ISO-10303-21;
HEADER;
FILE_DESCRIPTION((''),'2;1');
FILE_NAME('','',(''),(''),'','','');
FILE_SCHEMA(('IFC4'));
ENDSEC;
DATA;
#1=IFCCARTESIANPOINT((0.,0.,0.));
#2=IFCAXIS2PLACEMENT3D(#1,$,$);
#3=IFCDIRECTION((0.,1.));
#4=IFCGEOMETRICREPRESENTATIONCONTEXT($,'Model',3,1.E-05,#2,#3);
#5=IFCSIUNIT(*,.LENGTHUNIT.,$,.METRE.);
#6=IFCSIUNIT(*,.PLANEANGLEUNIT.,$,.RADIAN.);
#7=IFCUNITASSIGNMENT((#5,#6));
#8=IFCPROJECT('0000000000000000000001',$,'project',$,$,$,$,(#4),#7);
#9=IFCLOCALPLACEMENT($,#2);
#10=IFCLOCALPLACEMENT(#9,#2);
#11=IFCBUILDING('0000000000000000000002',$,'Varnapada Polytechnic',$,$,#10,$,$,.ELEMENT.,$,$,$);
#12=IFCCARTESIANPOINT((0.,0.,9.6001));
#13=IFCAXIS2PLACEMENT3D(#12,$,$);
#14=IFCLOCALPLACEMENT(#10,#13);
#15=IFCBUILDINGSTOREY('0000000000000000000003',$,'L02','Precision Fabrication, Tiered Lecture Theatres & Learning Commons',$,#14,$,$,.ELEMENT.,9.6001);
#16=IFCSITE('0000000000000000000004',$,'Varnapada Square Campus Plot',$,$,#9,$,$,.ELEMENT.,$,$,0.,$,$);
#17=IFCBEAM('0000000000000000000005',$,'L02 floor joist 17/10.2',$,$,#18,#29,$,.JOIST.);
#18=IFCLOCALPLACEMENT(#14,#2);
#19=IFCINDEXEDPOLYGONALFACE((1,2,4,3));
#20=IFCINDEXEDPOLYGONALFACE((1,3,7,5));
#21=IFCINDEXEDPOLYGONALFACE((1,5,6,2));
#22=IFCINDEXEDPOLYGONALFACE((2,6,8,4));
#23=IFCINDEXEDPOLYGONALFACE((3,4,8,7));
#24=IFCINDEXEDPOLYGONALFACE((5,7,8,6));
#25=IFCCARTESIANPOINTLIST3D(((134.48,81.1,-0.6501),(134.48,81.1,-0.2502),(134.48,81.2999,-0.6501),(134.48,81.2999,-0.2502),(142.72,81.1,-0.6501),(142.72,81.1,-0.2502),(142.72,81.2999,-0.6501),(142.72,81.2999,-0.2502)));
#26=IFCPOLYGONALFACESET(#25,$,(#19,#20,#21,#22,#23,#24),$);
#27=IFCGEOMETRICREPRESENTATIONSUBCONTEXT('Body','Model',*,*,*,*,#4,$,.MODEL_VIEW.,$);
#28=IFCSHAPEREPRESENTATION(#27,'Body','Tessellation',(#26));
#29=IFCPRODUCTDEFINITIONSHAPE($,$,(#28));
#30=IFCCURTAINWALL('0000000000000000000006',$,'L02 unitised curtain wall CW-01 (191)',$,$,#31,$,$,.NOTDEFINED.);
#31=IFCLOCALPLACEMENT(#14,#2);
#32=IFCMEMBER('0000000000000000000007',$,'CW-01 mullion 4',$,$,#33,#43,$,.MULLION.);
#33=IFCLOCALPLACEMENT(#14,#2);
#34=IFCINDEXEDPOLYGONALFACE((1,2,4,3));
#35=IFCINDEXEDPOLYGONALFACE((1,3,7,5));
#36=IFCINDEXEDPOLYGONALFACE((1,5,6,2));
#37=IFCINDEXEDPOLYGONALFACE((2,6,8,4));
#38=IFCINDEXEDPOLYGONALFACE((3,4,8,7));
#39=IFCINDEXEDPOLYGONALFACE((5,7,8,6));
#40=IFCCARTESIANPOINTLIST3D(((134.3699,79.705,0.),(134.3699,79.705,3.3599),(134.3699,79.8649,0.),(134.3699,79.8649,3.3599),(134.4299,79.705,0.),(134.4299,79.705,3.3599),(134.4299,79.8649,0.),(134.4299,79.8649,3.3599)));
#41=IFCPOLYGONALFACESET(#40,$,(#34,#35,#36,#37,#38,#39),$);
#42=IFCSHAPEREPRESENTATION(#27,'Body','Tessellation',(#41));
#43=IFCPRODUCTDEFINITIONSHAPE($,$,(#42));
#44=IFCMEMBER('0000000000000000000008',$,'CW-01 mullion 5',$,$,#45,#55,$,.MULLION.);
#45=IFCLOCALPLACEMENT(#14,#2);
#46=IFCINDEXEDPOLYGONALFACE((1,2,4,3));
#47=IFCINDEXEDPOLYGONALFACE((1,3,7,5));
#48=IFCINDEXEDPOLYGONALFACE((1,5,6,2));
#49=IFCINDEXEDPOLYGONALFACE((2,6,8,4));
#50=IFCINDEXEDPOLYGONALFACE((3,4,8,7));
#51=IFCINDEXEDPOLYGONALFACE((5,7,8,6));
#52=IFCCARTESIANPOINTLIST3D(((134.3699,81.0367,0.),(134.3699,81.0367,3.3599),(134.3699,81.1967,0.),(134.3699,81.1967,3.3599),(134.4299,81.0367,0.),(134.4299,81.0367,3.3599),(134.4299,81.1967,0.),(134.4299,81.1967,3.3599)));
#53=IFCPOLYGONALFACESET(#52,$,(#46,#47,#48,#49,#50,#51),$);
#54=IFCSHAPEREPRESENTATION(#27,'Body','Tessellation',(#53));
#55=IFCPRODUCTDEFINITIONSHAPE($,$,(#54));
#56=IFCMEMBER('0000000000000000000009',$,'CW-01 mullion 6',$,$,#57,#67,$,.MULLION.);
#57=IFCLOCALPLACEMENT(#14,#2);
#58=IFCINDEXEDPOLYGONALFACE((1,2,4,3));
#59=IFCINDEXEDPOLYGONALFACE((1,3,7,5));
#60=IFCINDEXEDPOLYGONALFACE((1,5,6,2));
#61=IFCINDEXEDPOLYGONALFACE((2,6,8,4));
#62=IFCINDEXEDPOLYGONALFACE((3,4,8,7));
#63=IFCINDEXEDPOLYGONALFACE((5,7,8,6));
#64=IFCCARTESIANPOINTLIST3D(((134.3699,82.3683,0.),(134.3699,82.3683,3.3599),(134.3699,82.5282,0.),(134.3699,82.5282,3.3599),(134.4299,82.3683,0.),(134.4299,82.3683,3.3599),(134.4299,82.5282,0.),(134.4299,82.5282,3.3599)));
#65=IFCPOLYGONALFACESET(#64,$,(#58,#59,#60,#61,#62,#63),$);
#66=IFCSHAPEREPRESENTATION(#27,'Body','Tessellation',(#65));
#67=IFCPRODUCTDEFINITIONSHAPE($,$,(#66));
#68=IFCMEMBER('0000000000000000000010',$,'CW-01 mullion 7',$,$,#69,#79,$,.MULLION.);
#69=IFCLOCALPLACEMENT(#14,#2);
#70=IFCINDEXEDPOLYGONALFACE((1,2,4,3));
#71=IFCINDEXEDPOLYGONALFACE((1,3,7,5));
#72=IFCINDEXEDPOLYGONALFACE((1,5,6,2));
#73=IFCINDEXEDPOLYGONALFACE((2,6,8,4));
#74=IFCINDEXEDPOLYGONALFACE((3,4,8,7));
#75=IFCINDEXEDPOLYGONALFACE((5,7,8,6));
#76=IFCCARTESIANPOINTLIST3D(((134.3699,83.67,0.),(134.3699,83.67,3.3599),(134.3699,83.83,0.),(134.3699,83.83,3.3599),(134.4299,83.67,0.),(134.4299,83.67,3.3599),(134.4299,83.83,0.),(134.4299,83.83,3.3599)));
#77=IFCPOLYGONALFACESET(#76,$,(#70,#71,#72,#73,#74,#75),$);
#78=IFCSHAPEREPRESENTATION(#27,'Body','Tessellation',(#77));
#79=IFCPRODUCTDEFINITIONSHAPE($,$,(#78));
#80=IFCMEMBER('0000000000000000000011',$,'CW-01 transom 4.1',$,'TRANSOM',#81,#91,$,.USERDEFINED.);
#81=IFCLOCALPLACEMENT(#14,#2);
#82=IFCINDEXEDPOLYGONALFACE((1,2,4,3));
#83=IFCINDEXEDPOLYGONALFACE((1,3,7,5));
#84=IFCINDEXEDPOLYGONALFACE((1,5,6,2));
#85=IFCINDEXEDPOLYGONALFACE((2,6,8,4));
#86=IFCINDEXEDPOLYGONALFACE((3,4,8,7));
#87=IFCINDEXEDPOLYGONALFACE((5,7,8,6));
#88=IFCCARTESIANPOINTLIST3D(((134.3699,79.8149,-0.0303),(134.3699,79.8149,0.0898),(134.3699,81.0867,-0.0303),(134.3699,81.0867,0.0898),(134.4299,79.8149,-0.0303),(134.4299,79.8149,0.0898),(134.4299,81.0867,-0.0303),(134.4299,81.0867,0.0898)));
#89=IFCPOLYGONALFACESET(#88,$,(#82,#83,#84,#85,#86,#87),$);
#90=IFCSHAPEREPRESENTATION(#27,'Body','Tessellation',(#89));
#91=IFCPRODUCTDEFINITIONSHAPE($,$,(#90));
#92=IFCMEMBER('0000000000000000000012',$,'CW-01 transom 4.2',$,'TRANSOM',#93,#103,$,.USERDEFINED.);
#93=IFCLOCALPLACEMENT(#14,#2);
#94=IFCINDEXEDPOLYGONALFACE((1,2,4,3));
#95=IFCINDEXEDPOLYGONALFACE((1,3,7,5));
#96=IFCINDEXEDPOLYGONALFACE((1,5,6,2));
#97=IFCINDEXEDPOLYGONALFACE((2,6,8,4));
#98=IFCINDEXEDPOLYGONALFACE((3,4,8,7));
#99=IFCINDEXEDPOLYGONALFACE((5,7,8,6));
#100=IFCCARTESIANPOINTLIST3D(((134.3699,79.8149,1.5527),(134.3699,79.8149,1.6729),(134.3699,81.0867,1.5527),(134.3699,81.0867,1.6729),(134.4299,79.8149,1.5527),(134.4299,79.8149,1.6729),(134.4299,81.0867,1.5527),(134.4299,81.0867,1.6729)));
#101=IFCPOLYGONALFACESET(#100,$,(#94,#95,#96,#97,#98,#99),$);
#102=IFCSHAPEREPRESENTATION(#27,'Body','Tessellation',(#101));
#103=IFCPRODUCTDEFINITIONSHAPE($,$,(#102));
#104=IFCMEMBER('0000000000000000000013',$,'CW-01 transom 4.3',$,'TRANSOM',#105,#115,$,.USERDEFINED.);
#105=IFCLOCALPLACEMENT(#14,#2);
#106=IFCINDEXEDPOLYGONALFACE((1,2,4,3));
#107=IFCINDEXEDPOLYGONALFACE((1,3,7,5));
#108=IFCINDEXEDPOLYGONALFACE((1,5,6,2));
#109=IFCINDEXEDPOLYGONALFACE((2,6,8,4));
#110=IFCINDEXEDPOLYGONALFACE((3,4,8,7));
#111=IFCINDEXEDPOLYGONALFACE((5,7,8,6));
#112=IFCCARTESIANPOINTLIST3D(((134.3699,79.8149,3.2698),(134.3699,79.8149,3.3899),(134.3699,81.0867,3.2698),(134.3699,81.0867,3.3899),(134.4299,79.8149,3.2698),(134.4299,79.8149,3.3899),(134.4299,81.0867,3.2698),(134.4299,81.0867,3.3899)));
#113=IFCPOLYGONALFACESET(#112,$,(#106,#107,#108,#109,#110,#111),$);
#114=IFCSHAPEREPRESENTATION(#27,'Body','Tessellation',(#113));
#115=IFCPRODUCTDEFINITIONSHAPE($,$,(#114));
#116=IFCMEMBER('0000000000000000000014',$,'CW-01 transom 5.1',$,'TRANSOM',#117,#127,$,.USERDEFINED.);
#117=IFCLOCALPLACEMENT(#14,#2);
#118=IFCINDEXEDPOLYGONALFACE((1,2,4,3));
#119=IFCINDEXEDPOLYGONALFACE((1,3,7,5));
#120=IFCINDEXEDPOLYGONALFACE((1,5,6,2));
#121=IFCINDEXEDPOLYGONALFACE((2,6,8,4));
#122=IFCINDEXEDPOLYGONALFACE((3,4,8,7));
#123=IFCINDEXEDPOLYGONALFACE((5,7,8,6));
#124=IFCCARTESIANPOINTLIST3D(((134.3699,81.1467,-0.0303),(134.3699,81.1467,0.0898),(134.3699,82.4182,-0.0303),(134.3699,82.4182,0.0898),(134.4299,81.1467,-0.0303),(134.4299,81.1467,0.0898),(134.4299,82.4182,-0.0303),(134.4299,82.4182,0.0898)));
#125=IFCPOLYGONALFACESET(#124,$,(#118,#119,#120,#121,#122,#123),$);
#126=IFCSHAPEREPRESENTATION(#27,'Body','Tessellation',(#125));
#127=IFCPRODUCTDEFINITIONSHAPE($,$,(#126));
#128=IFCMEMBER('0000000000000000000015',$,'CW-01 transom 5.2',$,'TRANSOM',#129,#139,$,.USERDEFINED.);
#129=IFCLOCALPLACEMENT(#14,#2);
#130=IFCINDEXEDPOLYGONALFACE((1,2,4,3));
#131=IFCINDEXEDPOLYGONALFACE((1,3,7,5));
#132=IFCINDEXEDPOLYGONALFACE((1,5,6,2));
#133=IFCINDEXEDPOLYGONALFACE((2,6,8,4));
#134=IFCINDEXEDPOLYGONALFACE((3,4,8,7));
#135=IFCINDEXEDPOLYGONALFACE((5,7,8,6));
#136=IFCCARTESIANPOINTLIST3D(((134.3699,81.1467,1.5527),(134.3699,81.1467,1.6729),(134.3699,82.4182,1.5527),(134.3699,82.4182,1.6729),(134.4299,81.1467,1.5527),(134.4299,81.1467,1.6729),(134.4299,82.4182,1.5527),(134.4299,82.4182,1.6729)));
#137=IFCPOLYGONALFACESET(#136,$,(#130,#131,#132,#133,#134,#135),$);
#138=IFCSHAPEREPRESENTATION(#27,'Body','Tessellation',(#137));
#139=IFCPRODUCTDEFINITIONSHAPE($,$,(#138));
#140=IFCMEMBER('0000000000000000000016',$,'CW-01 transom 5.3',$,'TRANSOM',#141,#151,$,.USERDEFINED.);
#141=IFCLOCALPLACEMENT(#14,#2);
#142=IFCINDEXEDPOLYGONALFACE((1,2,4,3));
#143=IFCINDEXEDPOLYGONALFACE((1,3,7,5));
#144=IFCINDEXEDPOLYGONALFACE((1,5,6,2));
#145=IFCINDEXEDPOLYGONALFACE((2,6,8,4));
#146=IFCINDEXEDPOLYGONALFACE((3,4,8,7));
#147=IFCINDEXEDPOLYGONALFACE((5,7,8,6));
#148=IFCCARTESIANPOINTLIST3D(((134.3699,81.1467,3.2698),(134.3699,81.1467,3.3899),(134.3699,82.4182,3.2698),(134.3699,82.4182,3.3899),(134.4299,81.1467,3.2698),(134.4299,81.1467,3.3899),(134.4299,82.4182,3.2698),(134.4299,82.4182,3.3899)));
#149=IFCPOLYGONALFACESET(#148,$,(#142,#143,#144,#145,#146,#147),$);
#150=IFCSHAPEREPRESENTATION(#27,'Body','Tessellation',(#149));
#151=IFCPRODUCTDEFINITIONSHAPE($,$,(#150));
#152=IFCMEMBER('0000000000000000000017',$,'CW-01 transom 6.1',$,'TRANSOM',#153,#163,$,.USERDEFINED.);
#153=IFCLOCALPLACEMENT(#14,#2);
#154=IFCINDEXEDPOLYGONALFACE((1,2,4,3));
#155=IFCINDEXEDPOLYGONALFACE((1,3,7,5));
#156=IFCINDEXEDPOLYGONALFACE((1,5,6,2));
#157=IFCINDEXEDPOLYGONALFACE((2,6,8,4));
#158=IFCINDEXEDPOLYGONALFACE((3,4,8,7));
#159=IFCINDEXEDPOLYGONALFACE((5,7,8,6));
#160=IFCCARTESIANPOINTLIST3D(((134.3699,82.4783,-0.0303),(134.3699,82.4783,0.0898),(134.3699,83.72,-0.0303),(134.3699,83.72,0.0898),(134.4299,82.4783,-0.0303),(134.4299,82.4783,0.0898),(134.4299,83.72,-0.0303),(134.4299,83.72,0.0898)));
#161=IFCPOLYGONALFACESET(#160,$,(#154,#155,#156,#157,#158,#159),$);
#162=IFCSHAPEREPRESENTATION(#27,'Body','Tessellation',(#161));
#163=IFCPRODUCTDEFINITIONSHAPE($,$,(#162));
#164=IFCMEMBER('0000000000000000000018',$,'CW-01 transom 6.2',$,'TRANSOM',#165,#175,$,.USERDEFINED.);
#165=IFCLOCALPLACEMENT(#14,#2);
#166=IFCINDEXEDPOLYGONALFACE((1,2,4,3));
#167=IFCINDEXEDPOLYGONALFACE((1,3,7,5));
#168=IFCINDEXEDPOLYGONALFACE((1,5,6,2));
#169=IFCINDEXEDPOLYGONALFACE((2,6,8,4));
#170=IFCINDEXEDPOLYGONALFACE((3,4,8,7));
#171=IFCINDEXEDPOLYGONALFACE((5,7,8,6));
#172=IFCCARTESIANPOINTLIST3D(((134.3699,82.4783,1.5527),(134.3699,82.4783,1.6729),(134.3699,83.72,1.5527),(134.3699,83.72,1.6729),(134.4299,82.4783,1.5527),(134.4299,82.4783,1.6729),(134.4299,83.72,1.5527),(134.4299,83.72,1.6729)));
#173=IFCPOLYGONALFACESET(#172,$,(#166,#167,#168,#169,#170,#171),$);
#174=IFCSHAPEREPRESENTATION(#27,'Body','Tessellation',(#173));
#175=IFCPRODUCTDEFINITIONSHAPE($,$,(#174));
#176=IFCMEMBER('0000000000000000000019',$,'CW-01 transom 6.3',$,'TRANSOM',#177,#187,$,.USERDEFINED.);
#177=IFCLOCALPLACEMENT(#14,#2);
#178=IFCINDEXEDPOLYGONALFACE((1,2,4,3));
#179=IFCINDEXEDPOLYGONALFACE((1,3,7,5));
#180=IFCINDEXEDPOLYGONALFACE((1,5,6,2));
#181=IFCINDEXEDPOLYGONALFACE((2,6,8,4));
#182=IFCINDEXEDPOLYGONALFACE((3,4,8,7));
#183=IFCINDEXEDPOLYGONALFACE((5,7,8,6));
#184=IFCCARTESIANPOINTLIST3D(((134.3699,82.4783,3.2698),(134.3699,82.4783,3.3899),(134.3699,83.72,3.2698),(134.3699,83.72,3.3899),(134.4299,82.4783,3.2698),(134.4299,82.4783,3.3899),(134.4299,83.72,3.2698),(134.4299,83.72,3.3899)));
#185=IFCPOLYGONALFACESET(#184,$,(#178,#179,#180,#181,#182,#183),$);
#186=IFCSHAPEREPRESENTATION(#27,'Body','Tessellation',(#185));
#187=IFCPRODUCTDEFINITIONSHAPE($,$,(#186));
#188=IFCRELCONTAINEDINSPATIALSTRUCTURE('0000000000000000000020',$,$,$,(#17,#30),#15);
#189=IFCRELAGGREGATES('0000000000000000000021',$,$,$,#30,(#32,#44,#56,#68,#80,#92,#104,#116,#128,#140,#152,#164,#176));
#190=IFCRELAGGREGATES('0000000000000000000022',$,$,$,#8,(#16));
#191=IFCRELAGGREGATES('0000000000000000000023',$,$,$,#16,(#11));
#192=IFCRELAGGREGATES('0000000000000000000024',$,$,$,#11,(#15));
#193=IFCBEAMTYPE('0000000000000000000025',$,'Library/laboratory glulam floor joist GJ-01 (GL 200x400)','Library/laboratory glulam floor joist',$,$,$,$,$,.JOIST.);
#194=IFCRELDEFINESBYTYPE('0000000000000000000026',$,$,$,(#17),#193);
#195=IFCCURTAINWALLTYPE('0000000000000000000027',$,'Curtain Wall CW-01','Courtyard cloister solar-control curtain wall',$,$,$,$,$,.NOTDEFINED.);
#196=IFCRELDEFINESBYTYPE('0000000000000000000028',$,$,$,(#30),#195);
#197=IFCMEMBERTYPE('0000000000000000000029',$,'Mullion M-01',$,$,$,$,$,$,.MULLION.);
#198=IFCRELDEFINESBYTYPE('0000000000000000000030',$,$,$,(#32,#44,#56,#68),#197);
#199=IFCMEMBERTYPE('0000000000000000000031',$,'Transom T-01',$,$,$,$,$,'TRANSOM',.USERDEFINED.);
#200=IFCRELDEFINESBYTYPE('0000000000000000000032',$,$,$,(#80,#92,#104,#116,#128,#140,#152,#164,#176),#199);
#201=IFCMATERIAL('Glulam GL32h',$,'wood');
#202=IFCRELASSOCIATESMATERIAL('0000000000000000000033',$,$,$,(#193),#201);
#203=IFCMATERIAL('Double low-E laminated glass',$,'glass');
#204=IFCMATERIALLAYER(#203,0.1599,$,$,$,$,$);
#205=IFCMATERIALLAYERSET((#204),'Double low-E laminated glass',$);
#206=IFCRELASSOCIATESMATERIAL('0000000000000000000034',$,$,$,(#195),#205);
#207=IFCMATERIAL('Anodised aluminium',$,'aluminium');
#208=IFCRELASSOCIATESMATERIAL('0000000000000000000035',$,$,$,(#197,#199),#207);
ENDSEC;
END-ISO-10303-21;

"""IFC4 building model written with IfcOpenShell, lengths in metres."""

from ifc_helpers import new_model, si_unit, direction, frame, origin, origin_2d, place, context, subcontext, project, spatial, rectangle, extrude, material, layer, layer_set, material_profile, profile_set, type_object, element, aggregate, save


model = new_model("IFC4")

# Units and contexts
model_context = context("Model", 3, precision=1e-05, world=origin(), true_north=direction((0.0, 1.0)))
body_context = subcontext(model_context, "Body", "Model", "MODEL_VIEW")
ifc_project = project(units=[si_unit("LENGTHUNIT", "METRE"), si_unit("PLANEANGLEUNIT", "RADIAN")], contexts=[model_context])

# Site, building, storey
site_placement = place(None, origin())
site = spatial("IfcSite", under=ifc_project, at=site_placement, Name="Varnapada Square Campus Plot", CompositionType="ELEMENT", RefElevation=0.0)
building_placement = place(site_placement, origin())
building = spatial("IfcBuilding", under=site, at=building_placement, Name="Varnapada Polytechnic", CompositionType="ELEMENT")
storey_placement = place(building_placement, frame((0.0, 0.0, 9.6001)))
storey = spatial("IfcBuildingStorey", under=building, at=storey_placement, Name="L02", Description="Precision Fabrication, Tiered Lecture Theatres & Learning Commons", CompositionType="ELEMENT", Elevation=9.6001)

# Beam
ifc_material_1 = material(Name="Glulam GL32h", Category="wood")
ifc_material_profile_1 = material_profile(ifc_material_1, rectangle(XDim=0.2, YDim=0.3999, at=origin_2d()), Name="GL 200x400")
ifc_profile_set_1 = profile_set([ifc_material_profile_1], Name="Glulam GL32h")
beam_type = type_object("IfcBeamType", Name="Library/laboratory glulam floor joist GJ-01 (GL 200x400)", Description="Library/laboratory glulam floor joist", PredefinedType="JOIST", material=ifc_profile_set_1)
beam_placement = place(storey_placement, frame((134.48, 81.2, -0.4502), z_axis=(1.0, 0.0, 0.0), x_axis=(0.0, 1.0, 0.0)))
element("IfcBeam", 1, at=beam_placement, inside=storey, type_object=beam_type, Name="L02 floor joist 17/10.2", PredefinedType="JOIST", context=body_context, shape_type="SweptSolid", body=[
    extrude(rectangle(XDim=0.2, YDim=0.3999, at=origin_2d()), origin(), (0.0, 0.0, 1.0), 8.24),
])

# Curtain wall, members
ifc_material_2 = material(Name="Double low-E laminated glass", Category="glass")
ifc_layer_1 = layer(ifc_material_2, 0.1599)
ifc_layer_set_1 = layer_set([ifc_layer_1], Name="Double low-E laminated glass")
curtain_wall_type = type_object("IfcCurtainWallType", Name="Curtain Wall CW-01", Description="Courtyard cloister solar-control curtain wall", PredefinedType="NOTDEFINED", material=ifc_layer_set_1)
curtain_wall_placement = place(storey_placement, origin())
curtain_wall = element("IfcCurtainWall", 2, at=curtain_wall_placement, inside=storey, type_object=curtain_wall_type, Name="L02 unitised curtain wall CW-01 (191)", PredefinedType="NOTDEFINED")
ifc_material_3 = material(Name="Anodised aluminium", Category="aluminium")
ifc_material_profile_2 = material_profile(ifc_material_3, rectangle(XDim=0.0601, YDim=0.1599, at=origin_2d()), Name="ALU M60x160")
ifc_profile_set_2 = profile_set([ifc_material_profile_2], Name="Anodised aluminium")
member_type_1 = type_object("IfcMemberType", Name="Mullion M-01", PredefinedType="MULLION", material=ifc_profile_set_2)
member_1_placement = place(storey_placement, frame((134.3999, 79.7849, 0.0), z_axis=(0.0, 0.0, 1.0), x_axis=(-1.0, 0.0, 0.0)))
member_1 = element("IfcMember", 3, at=member_1_placement, type_object=member_type_1, Name="CW-01 mullion 4", PredefinedType="MULLION", context=body_context, shape_type="SweptSolid", body=[
    extrude(rectangle(XDim=0.0601, YDim=0.1599, at=origin_2d()), origin(), (0.0, 0.0, 1.0), 3.3599),
])
member_2_placement = place(storey_placement, frame((134.3999, 81.1167, 0.0), z_axis=(0.0, 0.0, 1.0), x_axis=(-1.0, 0.0, 0.0)))
member_2 = element("IfcMember", 4, at=member_2_placement, type_object=member_type_1, Name="CW-01 mullion 5", PredefinedType="MULLION", context=body_context, shape_type="SweptSolid", body=[
    extrude(rectangle(XDim=0.0601, YDim=0.1599, at=origin_2d()), origin(), (0.0, 0.0, 1.0), 3.3599),
])
member_3_placement = place(storey_placement, frame((134.3999, 82.4482, 0.0), z_axis=(0.0, 0.0, 1.0), x_axis=(-1.0, 0.0, 0.0)))
member_3 = element("IfcMember", 5, at=member_3_placement, type_object=member_type_1, Name="CW-01 mullion 6", PredefinedType="MULLION", context=body_context, shape_type="SweptSolid", body=[
    extrude(rectangle(XDim=0.0601, YDim=0.1599, at=origin_2d()), origin(), (0.0, 0.0, 1.0), 3.3599),
])
member_4_placement = place(storey_placement, frame((134.3999, 83.75, 0.0), z_axis=(0.0, 0.0, 1.0), x_axis=(-1.0, 0.0, 0.0)))
member_4 = element("IfcMember", 6, at=member_4_placement, type_object=member_type_1, Name="CW-01 mullion 7", PredefinedType="MULLION", context=body_context, shape_type="SweptSolid", body=[
    extrude(rectangle(XDim=0.0601, YDim=0.1599, at=origin_2d()), origin(), (0.0, 0.0, 1.0), 3.3599),
])
ifc_material_profile_3 = material_profile(ifc_material_3, rectangle(XDim=0.0601, YDim=0.1201, at=origin_2d()), Name="ALU T60x120")
ifc_profile_set_3 = profile_set([ifc_material_profile_3], Name="Anodised aluminium")
member_type_2 = type_object("IfcMemberType", Name="Transom T-01", ElementType="TRANSOM", PredefinedType="USERDEFINED", material=ifc_profile_set_3)
member_5_placement = place(storey_placement, frame((134.3999, 79.8149, 0.0298), z_axis=(0.0, 1.0, 0.0), x_axis=(-1.0, 0.0, 0.0)))
member_5 = element("IfcMember", 7, at=member_5_placement, type_object=member_type_2, Name="CW-01 transom 4.1", ObjectType="TRANSOM", PredefinedType="USERDEFINED", context=body_context, shape_type="SweptSolid", body=[
    extrude(rectangle(XDim=0.0601, YDim=0.1201, at=origin_2d()), origin(), (0.0, 0.0, 1.0), 1.2717),
])
member_6_placement = place(storey_placement, frame((134.3999, 79.8149, 1.6128), z_axis=(0.0, 1.0, 0.0), x_axis=(-1.0, 0.0, 0.0)))
member_6 = element("IfcMember", 8, at=member_6_placement, type_object=member_type_2, Name="CW-01 transom 4.2", ObjectType="TRANSOM", PredefinedType="USERDEFINED", context=body_context, shape_type="SweptSolid", body=[
    extrude(rectangle(XDim=0.0601, YDim=0.1201, at=origin_2d()), origin(), (0.0, 0.0, 1.0), 1.2717),
])
member_7_placement = place(storey_placement, frame((134.3999, 79.8149, 3.3298), z_axis=(0.0, 1.0, 0.0), x_axis=(-1.0, 0.0, 0.0)))
member_7 = element("IfcMember", 9, at=member_7_placement, type_object=member_type_2, Name="CW-01 transom 4.3", ObjectType="TRANSOM", PredefinedType="USERDEFINED", context=body_context, shape_type="SweptSolid", body=[
    extrude(rectangle(XDim=0.0601, YDim=0.1201, at=origin_2d()), origin(), (0.0, 0.0, 1.0), 1.2717),
])
member_8_placement = place(storey_placement, frame((134.3999, 81.1467, 0.0298), z_axis=(0.0, 1.0, 0.0), x_axis=(-1.0, 0.0, 0.0)))
member_8 = element("IfcMember", 10, at=member_8_placement, type_object=member_type_2, Name="CW-01 transom 5.1", ObjectType="TRANSOM", PredefinedType="USERDEFINED", context=body_context, shape_type="SweptSolid", body=[
    extrude(rectangle(XDim=0.0601, YDim=0.1201, at=origin_2d()), origin(), (0.0, 0.0, 1.0), 1.2715),
])
member_9_placement = place(storey_placement, frame((134.3999, 81.1467, 1.6128), z_axis=(0.0, 1.0, 0.0), x_axis=(-1.0, 0.0, 0.0)))
member_9 = element("IfcMember", 11, at=member_9_placement, type_object=member_type_2, Name="CW-01 transom 5.2", ObjectType="TRANSOM", PredefinedType="USERDEFINED", context=body_context, shape_type="SweptSolid", body=[
    extrude(rectangle(XDim=0.0601, YDim=0.1201, at=origin_2d()), origin(), (0.0, 0.0, 1.0), 1.2715),
])
member_10_placement = place(storey_placement, frame((134.3999, 81.1467, 3.3298), z_axis=(0.0, 1.0, 0.0), x_axis=(-1.0, 0.0, 0.0)))
member_10 = element("IfcMember", 12, at=member_10_placement, type_object=member_type_2, Name="CW-01 transom 5.3", ObjectType="TRANSOM", PredefinedType="USERDEFINED", context=body_context, shape_type="SweptSolid", body=[
    extrude(rectangle(XDim=0.0601, YDim=0.1201, at=origin_2d()), origin(), (0.0, 0.0, 1.0), 1.2715),
])
member_11_placement = place(storey_placement, frame((134.3999, 82.4783, 0.0298), z_axis=(0.0, 1.0, 0.0), x_axis=(-1.0, 0.0, 0.0)))
member_11 = element("IfcMember", 13, at=member_11_placement, type_object=member_type_2, Name="CW-01 transom 6.1", ObjectType="TRANSOM", PredefinedType="USERDEFINED", context=body_context, shape_type="SweptSolid", body=[
    extrude(rectangle(XDim=0.0601, YDim=0.1201, at=origin_2d()), origin(), (0.0, 0.0, 1.0), 1.2417),
])
member_12_placement = place(storey_placement, frame((134.3999, 82.4783, 1.6128), z_axis=(0.0, 1.0, 0.0), x_axis=(-1.0, 0.0, 0.0)))
member_12 = element("IfcMember", 14, at=member_12_placement, type_object=member_type_2, Name="CW-01 transom 6.2", ObjectType="TRANSOM", PredefinedType="USERDEFINED", context=body_context, shape_type="SweptSolid", body=[
    extrude(rectangle(XDim=0.0601, YDim=0.1201, at=origin_2d()), origin(), (0.0, 0.0, 1.0), 1.2417),
])
member_13_placement = place(storey_placement, frame((134.3999, 82.4783, 3.3298), z_axis=(0.0, 1.0, 0.0), x_axis=(-1.0, 0.0, 0.0)))
member_13 = element("IfcMember", 15, at=member_13_placement, type_object=member_type_2, Name="CW-01 transom 6.3", ObjectType="TRANSOM", PredefinedType="USERDEFINED", context=body_context, shape_type="SweptSolid", body=[
    extrude(rectangle(XDim=0.0601, YDim=0.1201, at=origin_2d()), origin(), (0.0, 0.0, 1.0), 1.2417),
])
aggregate(curtain_wall, [member_1, member_2, member_3, member_4, member_5, member_6, member_7, member_8, member_9, member_10, member_11, member_12, member_13])

save(model, "model.ifc")
